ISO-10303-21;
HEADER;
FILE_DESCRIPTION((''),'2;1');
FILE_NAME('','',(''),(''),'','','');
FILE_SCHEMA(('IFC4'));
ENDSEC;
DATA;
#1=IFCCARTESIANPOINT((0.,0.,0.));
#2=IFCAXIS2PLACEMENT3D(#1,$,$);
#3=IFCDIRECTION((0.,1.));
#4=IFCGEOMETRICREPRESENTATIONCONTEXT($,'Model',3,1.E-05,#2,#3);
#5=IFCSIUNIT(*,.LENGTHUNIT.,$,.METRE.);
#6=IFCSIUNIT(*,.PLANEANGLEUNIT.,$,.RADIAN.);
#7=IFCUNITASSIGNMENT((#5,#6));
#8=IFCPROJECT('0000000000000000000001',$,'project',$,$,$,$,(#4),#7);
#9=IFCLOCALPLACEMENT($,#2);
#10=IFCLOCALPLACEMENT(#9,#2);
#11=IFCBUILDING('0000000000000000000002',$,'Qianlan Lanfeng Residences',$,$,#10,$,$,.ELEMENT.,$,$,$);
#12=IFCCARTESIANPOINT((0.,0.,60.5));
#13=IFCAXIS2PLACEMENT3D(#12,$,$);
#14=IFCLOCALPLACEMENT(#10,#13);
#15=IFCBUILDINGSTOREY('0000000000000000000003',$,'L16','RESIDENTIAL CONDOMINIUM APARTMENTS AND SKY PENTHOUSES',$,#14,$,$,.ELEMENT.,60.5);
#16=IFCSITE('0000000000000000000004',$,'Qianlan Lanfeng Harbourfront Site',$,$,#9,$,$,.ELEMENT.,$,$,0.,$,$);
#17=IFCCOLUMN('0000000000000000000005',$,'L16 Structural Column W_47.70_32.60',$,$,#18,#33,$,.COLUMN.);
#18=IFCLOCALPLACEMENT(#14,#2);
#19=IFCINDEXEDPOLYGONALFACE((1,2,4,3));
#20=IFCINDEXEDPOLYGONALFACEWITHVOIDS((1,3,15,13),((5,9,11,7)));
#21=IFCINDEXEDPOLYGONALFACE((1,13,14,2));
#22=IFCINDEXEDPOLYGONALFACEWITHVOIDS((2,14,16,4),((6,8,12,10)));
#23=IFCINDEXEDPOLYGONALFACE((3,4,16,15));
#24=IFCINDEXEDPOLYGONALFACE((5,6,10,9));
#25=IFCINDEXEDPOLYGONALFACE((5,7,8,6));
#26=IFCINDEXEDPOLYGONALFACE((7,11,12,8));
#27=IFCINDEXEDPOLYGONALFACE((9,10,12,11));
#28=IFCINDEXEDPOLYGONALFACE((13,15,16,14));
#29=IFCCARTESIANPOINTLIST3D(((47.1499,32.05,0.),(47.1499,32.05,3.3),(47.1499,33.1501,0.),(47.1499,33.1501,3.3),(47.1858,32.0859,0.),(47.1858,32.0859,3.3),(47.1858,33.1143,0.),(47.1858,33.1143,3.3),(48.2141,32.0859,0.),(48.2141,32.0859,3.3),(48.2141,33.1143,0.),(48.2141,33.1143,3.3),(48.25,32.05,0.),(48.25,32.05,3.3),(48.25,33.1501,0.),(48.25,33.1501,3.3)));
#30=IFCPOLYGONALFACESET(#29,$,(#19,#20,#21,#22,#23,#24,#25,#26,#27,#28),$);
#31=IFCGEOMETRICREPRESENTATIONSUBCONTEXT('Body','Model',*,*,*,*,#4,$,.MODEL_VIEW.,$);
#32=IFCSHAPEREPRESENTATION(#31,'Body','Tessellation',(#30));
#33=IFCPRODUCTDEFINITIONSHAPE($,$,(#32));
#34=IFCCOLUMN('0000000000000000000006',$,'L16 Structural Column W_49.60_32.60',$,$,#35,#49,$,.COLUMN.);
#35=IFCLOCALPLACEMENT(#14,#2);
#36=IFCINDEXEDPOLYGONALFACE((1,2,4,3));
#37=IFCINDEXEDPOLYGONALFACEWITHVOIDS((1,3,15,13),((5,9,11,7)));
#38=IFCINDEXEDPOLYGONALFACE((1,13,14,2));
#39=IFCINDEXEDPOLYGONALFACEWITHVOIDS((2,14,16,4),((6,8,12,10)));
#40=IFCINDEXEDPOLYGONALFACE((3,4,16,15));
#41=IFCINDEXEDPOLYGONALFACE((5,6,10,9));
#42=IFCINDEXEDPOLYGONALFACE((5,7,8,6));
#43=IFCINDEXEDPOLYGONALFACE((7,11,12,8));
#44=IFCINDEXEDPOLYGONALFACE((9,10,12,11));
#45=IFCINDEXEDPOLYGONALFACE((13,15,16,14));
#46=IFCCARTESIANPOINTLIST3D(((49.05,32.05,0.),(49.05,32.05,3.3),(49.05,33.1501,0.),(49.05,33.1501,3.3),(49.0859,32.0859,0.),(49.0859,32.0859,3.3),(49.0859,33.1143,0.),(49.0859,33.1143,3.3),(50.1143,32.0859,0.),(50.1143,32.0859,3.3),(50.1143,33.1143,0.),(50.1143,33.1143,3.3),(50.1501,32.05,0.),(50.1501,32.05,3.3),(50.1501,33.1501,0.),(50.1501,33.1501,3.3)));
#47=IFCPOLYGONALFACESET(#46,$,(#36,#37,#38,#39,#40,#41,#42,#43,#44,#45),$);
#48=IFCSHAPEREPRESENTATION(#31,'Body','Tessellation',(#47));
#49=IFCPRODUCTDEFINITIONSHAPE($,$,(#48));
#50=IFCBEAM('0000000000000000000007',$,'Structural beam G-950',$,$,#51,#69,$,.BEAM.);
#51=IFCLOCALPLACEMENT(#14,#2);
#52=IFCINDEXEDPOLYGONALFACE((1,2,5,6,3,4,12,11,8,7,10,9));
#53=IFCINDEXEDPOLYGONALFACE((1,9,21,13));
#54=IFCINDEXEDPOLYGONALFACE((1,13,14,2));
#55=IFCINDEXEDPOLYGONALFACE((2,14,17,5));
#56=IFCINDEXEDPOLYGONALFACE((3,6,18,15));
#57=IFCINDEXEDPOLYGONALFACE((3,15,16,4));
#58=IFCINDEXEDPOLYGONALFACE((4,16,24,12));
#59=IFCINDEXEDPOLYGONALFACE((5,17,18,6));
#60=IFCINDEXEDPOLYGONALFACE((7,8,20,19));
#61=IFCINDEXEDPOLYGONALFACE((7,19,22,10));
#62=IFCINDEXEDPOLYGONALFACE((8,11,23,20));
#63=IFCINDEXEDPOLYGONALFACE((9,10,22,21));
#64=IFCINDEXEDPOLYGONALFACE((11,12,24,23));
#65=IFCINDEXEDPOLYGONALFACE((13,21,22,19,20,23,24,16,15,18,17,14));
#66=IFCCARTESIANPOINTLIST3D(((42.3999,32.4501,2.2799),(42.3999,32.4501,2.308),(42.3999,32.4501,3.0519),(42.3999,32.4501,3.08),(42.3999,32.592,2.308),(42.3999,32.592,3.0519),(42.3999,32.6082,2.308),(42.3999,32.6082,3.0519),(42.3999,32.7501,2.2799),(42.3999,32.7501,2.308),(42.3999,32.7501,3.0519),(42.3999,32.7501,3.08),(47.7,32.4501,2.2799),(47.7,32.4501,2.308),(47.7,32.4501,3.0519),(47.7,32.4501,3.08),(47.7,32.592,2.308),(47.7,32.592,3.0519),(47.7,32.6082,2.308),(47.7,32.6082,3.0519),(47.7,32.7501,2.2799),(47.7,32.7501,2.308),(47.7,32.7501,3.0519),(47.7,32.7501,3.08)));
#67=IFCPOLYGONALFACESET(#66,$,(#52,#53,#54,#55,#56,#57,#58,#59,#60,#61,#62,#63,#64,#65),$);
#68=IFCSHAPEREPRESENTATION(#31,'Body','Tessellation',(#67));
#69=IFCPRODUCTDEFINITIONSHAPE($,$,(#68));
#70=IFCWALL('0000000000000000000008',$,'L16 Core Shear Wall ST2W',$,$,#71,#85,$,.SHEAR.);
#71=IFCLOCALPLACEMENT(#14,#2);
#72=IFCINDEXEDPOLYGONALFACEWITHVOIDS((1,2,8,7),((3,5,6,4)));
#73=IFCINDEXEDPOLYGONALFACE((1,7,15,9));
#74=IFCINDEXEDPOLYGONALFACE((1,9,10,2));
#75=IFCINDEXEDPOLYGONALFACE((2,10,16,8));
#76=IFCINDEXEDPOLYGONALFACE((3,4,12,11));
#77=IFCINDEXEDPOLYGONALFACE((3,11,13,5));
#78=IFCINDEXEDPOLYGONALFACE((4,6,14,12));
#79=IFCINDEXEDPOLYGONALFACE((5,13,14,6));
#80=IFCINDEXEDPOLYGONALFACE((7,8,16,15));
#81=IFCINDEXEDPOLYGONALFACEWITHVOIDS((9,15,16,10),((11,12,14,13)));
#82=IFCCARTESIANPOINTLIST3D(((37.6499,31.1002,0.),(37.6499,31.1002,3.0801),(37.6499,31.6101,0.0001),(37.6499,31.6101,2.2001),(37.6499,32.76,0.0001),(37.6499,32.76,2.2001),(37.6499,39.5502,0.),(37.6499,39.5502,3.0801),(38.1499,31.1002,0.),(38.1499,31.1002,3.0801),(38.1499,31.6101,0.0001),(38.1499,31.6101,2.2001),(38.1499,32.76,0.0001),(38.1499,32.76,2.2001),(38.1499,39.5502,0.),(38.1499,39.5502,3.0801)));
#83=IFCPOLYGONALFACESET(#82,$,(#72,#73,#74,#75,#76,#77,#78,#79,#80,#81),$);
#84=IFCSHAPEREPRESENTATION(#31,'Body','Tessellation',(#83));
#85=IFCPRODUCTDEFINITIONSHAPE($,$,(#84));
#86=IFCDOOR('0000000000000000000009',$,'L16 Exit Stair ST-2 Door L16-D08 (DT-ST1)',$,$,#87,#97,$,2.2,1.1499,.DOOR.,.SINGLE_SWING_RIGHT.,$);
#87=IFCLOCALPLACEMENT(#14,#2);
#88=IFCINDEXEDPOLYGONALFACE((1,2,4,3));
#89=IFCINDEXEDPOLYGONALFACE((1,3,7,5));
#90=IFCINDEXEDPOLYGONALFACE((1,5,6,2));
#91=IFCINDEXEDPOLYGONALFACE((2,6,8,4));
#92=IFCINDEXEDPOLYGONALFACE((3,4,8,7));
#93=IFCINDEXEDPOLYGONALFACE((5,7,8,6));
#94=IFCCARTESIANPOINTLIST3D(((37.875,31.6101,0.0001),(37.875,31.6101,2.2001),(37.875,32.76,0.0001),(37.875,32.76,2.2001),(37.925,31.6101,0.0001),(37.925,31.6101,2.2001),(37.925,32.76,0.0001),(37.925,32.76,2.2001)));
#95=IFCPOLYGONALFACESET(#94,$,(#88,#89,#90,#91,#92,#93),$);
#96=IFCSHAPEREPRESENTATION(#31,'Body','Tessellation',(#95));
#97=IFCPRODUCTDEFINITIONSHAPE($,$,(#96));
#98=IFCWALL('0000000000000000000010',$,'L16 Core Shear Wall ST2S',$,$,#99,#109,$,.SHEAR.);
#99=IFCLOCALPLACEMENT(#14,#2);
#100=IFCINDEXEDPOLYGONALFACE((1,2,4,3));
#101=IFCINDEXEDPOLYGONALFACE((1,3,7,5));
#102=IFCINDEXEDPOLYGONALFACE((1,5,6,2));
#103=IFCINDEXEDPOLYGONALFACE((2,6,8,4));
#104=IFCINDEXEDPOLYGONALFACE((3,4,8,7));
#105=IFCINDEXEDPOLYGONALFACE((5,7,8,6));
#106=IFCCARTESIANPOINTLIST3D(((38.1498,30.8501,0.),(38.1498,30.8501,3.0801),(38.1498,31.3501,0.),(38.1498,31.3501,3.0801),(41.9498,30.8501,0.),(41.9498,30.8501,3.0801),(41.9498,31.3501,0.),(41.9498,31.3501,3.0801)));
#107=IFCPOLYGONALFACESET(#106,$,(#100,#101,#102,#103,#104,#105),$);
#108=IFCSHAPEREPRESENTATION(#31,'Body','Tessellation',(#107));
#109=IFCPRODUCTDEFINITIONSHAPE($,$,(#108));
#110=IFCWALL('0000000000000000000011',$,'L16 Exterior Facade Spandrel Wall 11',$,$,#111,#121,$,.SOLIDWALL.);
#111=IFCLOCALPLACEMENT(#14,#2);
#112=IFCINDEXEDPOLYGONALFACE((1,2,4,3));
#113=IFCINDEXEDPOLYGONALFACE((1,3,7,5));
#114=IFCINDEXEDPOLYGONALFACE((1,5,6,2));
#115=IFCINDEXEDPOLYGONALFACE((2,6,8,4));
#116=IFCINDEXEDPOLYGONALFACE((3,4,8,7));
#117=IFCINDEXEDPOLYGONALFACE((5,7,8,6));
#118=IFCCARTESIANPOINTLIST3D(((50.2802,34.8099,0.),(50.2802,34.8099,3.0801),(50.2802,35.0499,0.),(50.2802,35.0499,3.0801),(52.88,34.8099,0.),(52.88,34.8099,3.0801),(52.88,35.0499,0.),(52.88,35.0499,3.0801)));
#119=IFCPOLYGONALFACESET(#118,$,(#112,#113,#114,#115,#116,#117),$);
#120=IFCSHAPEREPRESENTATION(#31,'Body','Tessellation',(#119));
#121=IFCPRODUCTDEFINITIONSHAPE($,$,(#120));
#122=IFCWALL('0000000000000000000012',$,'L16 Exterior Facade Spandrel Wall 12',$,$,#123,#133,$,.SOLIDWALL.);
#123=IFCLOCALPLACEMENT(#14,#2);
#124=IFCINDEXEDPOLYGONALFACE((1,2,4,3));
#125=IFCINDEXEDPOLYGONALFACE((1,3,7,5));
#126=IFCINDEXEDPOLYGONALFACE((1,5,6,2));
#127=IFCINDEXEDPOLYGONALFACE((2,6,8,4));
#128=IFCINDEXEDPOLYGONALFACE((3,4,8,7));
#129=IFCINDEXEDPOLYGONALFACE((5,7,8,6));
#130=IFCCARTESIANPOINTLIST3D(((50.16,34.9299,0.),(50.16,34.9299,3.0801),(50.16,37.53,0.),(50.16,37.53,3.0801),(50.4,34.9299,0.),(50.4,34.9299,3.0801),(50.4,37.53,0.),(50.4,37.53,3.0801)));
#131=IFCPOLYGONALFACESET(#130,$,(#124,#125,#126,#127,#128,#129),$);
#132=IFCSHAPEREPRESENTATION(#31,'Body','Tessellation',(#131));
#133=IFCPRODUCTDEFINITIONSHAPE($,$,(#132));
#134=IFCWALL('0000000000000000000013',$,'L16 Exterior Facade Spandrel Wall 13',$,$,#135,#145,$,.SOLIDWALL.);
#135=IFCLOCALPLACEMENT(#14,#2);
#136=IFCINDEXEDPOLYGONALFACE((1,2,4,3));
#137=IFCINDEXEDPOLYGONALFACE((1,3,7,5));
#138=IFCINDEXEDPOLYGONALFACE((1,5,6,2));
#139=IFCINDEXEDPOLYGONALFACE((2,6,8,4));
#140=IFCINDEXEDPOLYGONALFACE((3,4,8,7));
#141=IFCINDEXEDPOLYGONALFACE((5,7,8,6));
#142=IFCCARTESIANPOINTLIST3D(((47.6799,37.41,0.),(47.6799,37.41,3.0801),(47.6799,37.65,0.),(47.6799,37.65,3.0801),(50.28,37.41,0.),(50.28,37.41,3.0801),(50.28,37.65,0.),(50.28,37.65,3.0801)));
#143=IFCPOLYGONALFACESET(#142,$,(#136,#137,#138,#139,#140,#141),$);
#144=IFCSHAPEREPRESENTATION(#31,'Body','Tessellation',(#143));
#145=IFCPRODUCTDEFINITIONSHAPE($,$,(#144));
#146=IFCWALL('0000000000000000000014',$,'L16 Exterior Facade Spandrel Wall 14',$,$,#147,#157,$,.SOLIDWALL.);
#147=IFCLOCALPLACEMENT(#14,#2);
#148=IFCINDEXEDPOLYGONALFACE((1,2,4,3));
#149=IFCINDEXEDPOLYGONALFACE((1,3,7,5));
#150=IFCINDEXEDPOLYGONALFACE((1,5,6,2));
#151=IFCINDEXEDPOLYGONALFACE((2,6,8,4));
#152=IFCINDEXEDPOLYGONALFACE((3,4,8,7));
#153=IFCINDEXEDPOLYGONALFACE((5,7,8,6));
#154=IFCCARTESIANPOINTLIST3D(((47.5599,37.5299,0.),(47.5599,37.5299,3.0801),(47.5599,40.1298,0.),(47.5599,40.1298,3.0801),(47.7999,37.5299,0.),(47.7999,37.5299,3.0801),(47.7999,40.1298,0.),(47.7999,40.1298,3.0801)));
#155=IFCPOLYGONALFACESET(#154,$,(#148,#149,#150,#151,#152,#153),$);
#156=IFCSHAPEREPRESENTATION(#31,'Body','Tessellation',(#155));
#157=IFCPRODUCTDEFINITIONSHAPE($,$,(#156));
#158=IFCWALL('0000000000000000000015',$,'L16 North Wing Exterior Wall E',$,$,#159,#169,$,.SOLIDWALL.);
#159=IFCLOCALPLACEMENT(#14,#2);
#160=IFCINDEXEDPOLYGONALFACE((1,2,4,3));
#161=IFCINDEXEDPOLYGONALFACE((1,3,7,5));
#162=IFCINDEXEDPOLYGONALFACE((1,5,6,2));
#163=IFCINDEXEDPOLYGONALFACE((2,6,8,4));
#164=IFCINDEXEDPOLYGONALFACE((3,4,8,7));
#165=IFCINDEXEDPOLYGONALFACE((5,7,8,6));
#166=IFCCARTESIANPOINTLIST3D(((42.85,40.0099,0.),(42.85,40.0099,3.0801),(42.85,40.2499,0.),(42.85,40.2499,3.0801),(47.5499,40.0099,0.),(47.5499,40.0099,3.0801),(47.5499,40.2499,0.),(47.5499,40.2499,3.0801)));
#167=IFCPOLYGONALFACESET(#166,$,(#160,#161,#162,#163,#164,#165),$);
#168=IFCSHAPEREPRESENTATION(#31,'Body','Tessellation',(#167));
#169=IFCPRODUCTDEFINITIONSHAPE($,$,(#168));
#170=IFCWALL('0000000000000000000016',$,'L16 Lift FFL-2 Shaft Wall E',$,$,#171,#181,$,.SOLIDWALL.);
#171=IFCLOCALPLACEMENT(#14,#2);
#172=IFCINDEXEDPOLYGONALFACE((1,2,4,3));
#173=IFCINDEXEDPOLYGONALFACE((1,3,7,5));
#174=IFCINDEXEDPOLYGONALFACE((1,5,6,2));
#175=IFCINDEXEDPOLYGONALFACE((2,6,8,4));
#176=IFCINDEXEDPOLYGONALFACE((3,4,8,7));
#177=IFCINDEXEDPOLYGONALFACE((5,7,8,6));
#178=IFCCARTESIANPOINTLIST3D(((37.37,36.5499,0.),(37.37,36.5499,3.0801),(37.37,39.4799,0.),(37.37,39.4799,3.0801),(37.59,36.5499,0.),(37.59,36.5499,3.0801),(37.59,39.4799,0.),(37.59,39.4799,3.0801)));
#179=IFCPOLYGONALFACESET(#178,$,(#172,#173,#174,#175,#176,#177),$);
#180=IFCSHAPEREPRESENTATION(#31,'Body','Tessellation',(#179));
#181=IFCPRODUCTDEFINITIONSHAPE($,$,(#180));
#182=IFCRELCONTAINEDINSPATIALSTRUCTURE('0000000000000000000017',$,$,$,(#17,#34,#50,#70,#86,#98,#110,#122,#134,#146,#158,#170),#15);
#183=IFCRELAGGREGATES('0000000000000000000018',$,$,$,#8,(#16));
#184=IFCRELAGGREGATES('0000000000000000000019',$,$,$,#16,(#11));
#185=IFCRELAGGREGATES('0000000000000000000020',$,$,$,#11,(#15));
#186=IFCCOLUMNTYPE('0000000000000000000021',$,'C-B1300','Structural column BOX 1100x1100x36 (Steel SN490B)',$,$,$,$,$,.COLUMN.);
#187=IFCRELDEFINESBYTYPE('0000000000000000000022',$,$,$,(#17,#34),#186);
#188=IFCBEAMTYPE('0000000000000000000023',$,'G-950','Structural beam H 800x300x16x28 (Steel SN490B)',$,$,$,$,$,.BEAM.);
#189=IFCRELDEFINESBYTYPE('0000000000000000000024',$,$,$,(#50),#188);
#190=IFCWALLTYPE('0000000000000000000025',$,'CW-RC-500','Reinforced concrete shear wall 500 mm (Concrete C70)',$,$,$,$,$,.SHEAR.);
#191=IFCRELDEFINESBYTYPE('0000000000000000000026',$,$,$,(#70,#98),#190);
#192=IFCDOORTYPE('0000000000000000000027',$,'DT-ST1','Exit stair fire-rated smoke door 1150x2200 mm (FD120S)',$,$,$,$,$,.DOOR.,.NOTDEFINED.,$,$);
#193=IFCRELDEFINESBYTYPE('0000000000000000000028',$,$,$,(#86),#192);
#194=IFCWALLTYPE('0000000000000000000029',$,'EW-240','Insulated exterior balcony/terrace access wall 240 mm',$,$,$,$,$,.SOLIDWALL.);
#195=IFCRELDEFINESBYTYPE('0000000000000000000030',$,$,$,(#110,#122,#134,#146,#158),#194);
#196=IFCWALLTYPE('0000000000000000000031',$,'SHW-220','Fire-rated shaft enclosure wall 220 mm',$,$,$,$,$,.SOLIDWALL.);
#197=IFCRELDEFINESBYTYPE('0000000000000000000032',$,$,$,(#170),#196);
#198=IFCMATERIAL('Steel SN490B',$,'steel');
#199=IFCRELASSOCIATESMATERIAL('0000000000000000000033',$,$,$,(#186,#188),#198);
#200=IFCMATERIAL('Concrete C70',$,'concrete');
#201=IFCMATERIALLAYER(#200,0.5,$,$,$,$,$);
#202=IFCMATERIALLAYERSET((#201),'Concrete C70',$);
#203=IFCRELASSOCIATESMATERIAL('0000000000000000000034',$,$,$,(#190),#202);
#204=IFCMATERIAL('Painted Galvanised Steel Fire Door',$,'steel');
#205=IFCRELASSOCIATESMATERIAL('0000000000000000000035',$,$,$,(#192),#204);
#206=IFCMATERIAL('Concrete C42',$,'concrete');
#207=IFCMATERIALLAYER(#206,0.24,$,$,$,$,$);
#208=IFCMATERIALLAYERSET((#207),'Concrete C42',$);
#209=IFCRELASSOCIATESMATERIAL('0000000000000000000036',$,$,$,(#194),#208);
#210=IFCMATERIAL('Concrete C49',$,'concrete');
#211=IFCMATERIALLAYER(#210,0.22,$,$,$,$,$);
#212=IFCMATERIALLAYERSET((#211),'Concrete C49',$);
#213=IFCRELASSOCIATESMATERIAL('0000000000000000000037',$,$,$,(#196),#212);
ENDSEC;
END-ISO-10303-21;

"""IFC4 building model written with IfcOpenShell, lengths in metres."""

from ifc_helpers import new_model, si_unit, direction, frame, frame_2d, origin, origin_2d, place, context, subcontext, project, spatial, rectangle, hollow_rectangle, i_section, extrude, material, layer, layer_set, material_profile, profile_set, type_object, element, fill, save


model = new_model("IFC4")

# Units and contexts
model_context = context("Model", 3, precision=1e-05, world=origin(), true_north=direction((0.0, 1.0)))
body_context = subcontext(model_context, "Body", "Model", "MODEL_VIEW")
ifc_project = project(units=[si_unit("LENGTHUNIT", "METRE"), si_unit("PLANEANGLEUNIT", "RADIAN")], contexts=[model_context])

# Site, building, storey
site_placement = place(None, origin())
site = spatial("IfcSite", under=ifc_project, at=site_placement, Name="Qianlan Lanfeng Harbourfront Site", CompositionType="ELEMENT", RefElevation=0.0)
building_placement = place(site_placement, origin())
building = spatial("IfcBuilding", under=site, at=building_placement, Name="Qianlan Lanfeng Residences", CompositionType="ELEMENT")
storey_placement = place(building_placement, frame((0.0, 0.0, 60.5)))
storey = spatial("IfcBuildingStorey", under=building, at=storey_placement, Name="L16", Description="RESIDENTIAL CONDOMINIUM APARTMENTS AND SKY PENTHOUSES", CompositionType="ELEMENT", Elevation=60.5)

# Columns
ifc_material_1 = material(Name="Steel SN490B", Category="steel")
ifc_material_profile_1 = material_profile(ifc_material_1, hollow_rectangle(XDim=1.1001, YDim=1.1001, WallThickness=0.0359, at=origin_2d()), Name="BOX 1100x1100x36")
ifc_profile_set_1 = profile_set([ifc_material_profile_1], Name="Steel SN490B")
column_type = type_object("IfcColumnType", Name="C-B1300", Description="Structural column BOX 1100x1100x36 (Steel SN490B)", PredefinedType="COLUMN", material=ifc_profile_set_1)
for number, where, z_axis, x_axis, name in (
    (1, (47.7, 32.6001, 0.0), (0.0, 0.0, 1.0), (1.0, 0.0, 0.0), "L16 Structural Column W_47.70_32.60"),
    (2, (49.6001, 32.6001, 0.0), (0.0, 0.0, 1.0), (1.0, 0.0, 0.0), "L16 Structural Column W_49.60_32.60"),
):
    element("IfcColumn", number, at=place(storey_placement, frame(where, z_axis=z_axis, x_axis=x_axis)), inside=storey, type_object=column_type, Name=name, PredefinedType="COLUMN", context=body_context, shape_type="SweptSolid", body=[
        extrude(hollow_rectangle(XDim=1.1001, YDim=1.1001, WallThickness=0.0359, at=origin_2d()), origin(), (0.0, 0.0, 1.0), 3.3),
    ])

# Beam
ifc_material_profile_2 = material_profile(ifc_material_1, i_section(OverallWidth=0.3, OverallDepth=0.8, WebThickness=0.0161, FlangeThickness=0.0281, at=origin_2d()), Name="H 800x300x16x28")
ifc_profile_set_2 = profile_set([ifc_material_profile_2], Name="Steel SN490B")
beam_type = type_object("IfcBeamType", Name="G-950", Description="Structural beam H 800x300x16x28 (Steel SN490B)", PredefinedType="BEAM", material=ifc_profile_set_2)
beam_placement = place(storey_placement, frame((42.3999, 32.6001, 2.6799), z_axis=(1.0, 0.0, 0.0), x_axis=(0.0, 1.0, 0.0)))
element("IfcBeam", 3, at=beam_placement, inside=storey, type_object=beam_type, Name="Structural beam G-950", PredefinedType="BEAM", context=body_context, shape_type="SweptSolid", body=[
    extrude(i_section(OverallWidth=0.3, OverallDepth=0.8, WebThickness=0.0161, FlangeThickness=0.0281, at=origin_2d()), origin(), (0.0, 0.0, 1.0), 5.3),
])

# Wall, opening, door
ifc_material_2 = material(Name="Concrete C70", Category="concrete")
ifc_layer_1 = layer(ifc_material_2, 0.5)
ifc_layer_set_1 = layer_set([ifc_layer_1], Name="Concrete C70")
wall_type_1 = type_object("IfcWallType", Name="CW-RC-500", Description="Reinforced concrete shear wall 500 mm (Concrete C70)", PredefinedType="SHEAR", material=ifc_layer_set_1)
wall_1_placement = place(storey_placement, frame((37.8999, 31.1001, 0.0), z_axis=(0.0, 0.0, 1.0), x_axis=(0.0, 1.0, 0.0)))
wall_1 = element("IfcWall", 4, at=wall_1_placement, inside=storey, type_object=wall_type_1, Name="L16 Core Shear Wall ST2W", PredefinedType="SHEAR", context=body_context, shape_type="SweptSolid", body=[
    extrude(rectangle(XDim=8.45, YDim=0.5, at=frame_2d((4.2251, 0.0))), origin(), (0.0, 0.0, 1.0), 3.0801),
])
opening_placement = place(wall_1_placement, frame((0.51, 0.0, 0.0)))
opening = element("IfcOpeningElement", 5, at=opening_placement, cuts=wall_1, PredefinedType="OPENING", context=body_context, shape_type="SweptSolid", body=[
    extrude(rectangle(XDim=1.1499, YDim=2.2, at=frame_2d((0.575, 1.1001))), frame((0.0, 0.26, 0.0), z_axis=(0.0, -1.0, 0.0), x_axis=(1.0, 0.0, 0.0)), (0.0, 0.0, 1.0), 0.52),
])
ifc_material_3 = material(Name="Painted Galvanised Steel Fire Door", Category="steel")
door_type = type_object("IfcDoorType", Name="DT-ST1", Description="Exit stair fire-rated smoke door 1150x2200 mm (FD120S)", OperationType="NOTDEFINED", PredefinedType="DOOR", material=ifc_material_3)
door_placement = place(opening_placement, origin())
door = element("IfcDoor", 6, at=door_placement, inside=storey, type_object=door_type, Name="L16 Exit Stair ST-2 Door L16-D08 (DT-ST1)", OperationType="SINGLE_SWING_RIGHT", OverallHeight=2.2, OverallWidth=1.1499, PredefinedType="DOOR", context=body_context, shape_type="SweptSolid", body=[
    extrude(rectangle(XDim=1.1499, YDim=2.2, at=frame_2d((0.575, 1.1001))), frame((0.0, 0.0249, 0.0), z_axis=(0.0, -1.0, 0.0), x_axis=(1.0, 0.0, 0.0)), (0.0, 0.0, 1.0), 0.05),
])
fill(opening, door)

# Walls
wall_2_placement = place(storey_placement, frame((38.1499, 31.1001, 0.0), z_axis=(0.0, 0.0, 1.0), x_axis=(1.0, 0.0, 0.0)))
element("IfcWall", 7, at=wall_2_placement, inside=storey, type_object=wall_type_1, Name="L16 Core Shear Wall ST2S", PredefinedType="SHEAR", context=body_context, shape_type="SweptSolid", body=[
    extrude(rectangle(XDim=3.8, YDim=0.5, at=frame_2d((1.8999, 0.0))), origin(), (0.0, 0.0, 1.0), 3.0801),
])
ifc_material_4 = material(Name="Concrete C42", Category="concrete")
ifc_layer_2 = layer(ifc_material_4, 0.24)
ifc_layer_set_2 = layer_set([ifc_layer_2], Name="Concrete C42")
wall_type_2 = type_object("IfcWallType", Name="EW-240", Description="Insulated exterior balcony/terrace access wall 240 mm", PredefinedType="SOLIDWALL", material=ifc_layer_set_2)
wall_3_placement = place(storey_placement, frame((52.8799, 34.9299, 0.0), z_axis=(0.0, 0.0, 1.0), x_axis=(-1.0, 0.0, 0.0)))
element("IfcWall", 8, at=wall_3_placement, inside=storey, type_object=wall_type_2, Name="L16 Exterior Facade Spandrel Wall 11", PredefinedType="SOLIDWALL", context=body_context, shape_type="SweptSolid", body=[
    extrude(rectangle(XDim=2.5999, YDim=0.24, at=frame_2d((1.2998, 0.0))), origin(), (0.0, 0.0, 1.0), 3.0801),
])
for number, where, z_axis, x_axis, name in (
    (9, (50.28, 34.9299, 0.0), (0.0, 0.0, 1.0), (0.0, 1.0, 0.0), "L16 Exterior Facade Spandrel Wall 12"),
    (10, (50.28, 37.53, 0.0), (0.0, 0.0, 1.0), (-1.0, 0.0, 0.0), "L16 Exterior Facade Spandrel Wall 13"),
):
    element("IfcWall", number, at=place(storey_placement, frame(where, z_axis=z_axis, x_axis=x_axis)), inside=storey, type_object=wall_type_2, Name=name, PredefinedType="SOLIDWALL", context=body_context, shape_type="SweptSolid", body=[
        extrude(rectangle(XDim=2.6001, YDim=0.24, at=frame_2d((1.3, 0.0))), origin(), (0.0, 0.0, 1.0), 3.0801),
    ])
wall_4_placement = place(storey_placement, frame((47.6799, 37.53, 0.0), z_axis=(0.0, 0.0, 1.0), x_axis=(0.0, 1.0, 0.0)))
element("IfcWall", 11, at=wall_4_placement, inside=storey, type_object=wall_type_2, Name="L16 Exterior Facade Spandrel Wall 14", PredefinedType="SOLIDWALL", context=body_context, shape_type="SweptSolid", body=[
    extrude(rectangle(XDim=2.5999, YDim=0.24, at=frame_2d((1.2998, 0.0))), origin(), (0.0, 0.0, 1.0), 3.0801),
])
wall_5_placement = place(storey_placement, frame((47.55, 40.1299, 0.0), z_axis=(0.0, 0.0, 1.0), x_axis=(-1.0, 0.0, 0.0)))
element("IfcWall", 12, at=wall_5_placement, inside=storey, type_object=wall_type_2, Name="L16 North Wing Exterior Wall E", PredefinedType="SOLIDWALL", context=body_context, shape_type="SweptSolid", body=[
    extrude(rectangle(XDim=4.7, YDim=0.24, at=frame_2d((2.3501, 0.0))), origin(), (0.0, 0.0, 1.0), 3.0801),
])
ifc_material_5 = material(Name="Concrete C49", Category="concrete")
ifc_layer_3 = layer(ifc_material_5, 0.22)
ifc_layer_set_3 = layer_set([ifc_layer_3], Name="Concrete C49")
wall_type_3 = type_object("IfcWallType", Name="SHW-220", Description="Fire-rated shaft enclosure wall 220 mm", PredefinedType="SOLIDWALL", material=ifc_layer_set_3)
wall_6_placement = place(storey_placement, frame((37.48, 36.55, 0.0), z_axis=(0.0, 0.0, 1.0), x_axis=(0.0, 1.0, 0.0)))
element("IfcWall", 13, at=wall_6_placement, inside=storey, type_object=wall_type_3, Name="L16 Lift FFL-2 Shaft Wall E", PredefinedType="SOLIDWALL", context=body_context, shape_type="SweptSolid", body=[
    extrude(rectangle(XDim=2.9299, YDim=0.22, at=frame_2d((1.4648, 0.0))), origin(), (0.0, 0.0, 1.0), 3.0801),
])

save(model, "model.ifc")
